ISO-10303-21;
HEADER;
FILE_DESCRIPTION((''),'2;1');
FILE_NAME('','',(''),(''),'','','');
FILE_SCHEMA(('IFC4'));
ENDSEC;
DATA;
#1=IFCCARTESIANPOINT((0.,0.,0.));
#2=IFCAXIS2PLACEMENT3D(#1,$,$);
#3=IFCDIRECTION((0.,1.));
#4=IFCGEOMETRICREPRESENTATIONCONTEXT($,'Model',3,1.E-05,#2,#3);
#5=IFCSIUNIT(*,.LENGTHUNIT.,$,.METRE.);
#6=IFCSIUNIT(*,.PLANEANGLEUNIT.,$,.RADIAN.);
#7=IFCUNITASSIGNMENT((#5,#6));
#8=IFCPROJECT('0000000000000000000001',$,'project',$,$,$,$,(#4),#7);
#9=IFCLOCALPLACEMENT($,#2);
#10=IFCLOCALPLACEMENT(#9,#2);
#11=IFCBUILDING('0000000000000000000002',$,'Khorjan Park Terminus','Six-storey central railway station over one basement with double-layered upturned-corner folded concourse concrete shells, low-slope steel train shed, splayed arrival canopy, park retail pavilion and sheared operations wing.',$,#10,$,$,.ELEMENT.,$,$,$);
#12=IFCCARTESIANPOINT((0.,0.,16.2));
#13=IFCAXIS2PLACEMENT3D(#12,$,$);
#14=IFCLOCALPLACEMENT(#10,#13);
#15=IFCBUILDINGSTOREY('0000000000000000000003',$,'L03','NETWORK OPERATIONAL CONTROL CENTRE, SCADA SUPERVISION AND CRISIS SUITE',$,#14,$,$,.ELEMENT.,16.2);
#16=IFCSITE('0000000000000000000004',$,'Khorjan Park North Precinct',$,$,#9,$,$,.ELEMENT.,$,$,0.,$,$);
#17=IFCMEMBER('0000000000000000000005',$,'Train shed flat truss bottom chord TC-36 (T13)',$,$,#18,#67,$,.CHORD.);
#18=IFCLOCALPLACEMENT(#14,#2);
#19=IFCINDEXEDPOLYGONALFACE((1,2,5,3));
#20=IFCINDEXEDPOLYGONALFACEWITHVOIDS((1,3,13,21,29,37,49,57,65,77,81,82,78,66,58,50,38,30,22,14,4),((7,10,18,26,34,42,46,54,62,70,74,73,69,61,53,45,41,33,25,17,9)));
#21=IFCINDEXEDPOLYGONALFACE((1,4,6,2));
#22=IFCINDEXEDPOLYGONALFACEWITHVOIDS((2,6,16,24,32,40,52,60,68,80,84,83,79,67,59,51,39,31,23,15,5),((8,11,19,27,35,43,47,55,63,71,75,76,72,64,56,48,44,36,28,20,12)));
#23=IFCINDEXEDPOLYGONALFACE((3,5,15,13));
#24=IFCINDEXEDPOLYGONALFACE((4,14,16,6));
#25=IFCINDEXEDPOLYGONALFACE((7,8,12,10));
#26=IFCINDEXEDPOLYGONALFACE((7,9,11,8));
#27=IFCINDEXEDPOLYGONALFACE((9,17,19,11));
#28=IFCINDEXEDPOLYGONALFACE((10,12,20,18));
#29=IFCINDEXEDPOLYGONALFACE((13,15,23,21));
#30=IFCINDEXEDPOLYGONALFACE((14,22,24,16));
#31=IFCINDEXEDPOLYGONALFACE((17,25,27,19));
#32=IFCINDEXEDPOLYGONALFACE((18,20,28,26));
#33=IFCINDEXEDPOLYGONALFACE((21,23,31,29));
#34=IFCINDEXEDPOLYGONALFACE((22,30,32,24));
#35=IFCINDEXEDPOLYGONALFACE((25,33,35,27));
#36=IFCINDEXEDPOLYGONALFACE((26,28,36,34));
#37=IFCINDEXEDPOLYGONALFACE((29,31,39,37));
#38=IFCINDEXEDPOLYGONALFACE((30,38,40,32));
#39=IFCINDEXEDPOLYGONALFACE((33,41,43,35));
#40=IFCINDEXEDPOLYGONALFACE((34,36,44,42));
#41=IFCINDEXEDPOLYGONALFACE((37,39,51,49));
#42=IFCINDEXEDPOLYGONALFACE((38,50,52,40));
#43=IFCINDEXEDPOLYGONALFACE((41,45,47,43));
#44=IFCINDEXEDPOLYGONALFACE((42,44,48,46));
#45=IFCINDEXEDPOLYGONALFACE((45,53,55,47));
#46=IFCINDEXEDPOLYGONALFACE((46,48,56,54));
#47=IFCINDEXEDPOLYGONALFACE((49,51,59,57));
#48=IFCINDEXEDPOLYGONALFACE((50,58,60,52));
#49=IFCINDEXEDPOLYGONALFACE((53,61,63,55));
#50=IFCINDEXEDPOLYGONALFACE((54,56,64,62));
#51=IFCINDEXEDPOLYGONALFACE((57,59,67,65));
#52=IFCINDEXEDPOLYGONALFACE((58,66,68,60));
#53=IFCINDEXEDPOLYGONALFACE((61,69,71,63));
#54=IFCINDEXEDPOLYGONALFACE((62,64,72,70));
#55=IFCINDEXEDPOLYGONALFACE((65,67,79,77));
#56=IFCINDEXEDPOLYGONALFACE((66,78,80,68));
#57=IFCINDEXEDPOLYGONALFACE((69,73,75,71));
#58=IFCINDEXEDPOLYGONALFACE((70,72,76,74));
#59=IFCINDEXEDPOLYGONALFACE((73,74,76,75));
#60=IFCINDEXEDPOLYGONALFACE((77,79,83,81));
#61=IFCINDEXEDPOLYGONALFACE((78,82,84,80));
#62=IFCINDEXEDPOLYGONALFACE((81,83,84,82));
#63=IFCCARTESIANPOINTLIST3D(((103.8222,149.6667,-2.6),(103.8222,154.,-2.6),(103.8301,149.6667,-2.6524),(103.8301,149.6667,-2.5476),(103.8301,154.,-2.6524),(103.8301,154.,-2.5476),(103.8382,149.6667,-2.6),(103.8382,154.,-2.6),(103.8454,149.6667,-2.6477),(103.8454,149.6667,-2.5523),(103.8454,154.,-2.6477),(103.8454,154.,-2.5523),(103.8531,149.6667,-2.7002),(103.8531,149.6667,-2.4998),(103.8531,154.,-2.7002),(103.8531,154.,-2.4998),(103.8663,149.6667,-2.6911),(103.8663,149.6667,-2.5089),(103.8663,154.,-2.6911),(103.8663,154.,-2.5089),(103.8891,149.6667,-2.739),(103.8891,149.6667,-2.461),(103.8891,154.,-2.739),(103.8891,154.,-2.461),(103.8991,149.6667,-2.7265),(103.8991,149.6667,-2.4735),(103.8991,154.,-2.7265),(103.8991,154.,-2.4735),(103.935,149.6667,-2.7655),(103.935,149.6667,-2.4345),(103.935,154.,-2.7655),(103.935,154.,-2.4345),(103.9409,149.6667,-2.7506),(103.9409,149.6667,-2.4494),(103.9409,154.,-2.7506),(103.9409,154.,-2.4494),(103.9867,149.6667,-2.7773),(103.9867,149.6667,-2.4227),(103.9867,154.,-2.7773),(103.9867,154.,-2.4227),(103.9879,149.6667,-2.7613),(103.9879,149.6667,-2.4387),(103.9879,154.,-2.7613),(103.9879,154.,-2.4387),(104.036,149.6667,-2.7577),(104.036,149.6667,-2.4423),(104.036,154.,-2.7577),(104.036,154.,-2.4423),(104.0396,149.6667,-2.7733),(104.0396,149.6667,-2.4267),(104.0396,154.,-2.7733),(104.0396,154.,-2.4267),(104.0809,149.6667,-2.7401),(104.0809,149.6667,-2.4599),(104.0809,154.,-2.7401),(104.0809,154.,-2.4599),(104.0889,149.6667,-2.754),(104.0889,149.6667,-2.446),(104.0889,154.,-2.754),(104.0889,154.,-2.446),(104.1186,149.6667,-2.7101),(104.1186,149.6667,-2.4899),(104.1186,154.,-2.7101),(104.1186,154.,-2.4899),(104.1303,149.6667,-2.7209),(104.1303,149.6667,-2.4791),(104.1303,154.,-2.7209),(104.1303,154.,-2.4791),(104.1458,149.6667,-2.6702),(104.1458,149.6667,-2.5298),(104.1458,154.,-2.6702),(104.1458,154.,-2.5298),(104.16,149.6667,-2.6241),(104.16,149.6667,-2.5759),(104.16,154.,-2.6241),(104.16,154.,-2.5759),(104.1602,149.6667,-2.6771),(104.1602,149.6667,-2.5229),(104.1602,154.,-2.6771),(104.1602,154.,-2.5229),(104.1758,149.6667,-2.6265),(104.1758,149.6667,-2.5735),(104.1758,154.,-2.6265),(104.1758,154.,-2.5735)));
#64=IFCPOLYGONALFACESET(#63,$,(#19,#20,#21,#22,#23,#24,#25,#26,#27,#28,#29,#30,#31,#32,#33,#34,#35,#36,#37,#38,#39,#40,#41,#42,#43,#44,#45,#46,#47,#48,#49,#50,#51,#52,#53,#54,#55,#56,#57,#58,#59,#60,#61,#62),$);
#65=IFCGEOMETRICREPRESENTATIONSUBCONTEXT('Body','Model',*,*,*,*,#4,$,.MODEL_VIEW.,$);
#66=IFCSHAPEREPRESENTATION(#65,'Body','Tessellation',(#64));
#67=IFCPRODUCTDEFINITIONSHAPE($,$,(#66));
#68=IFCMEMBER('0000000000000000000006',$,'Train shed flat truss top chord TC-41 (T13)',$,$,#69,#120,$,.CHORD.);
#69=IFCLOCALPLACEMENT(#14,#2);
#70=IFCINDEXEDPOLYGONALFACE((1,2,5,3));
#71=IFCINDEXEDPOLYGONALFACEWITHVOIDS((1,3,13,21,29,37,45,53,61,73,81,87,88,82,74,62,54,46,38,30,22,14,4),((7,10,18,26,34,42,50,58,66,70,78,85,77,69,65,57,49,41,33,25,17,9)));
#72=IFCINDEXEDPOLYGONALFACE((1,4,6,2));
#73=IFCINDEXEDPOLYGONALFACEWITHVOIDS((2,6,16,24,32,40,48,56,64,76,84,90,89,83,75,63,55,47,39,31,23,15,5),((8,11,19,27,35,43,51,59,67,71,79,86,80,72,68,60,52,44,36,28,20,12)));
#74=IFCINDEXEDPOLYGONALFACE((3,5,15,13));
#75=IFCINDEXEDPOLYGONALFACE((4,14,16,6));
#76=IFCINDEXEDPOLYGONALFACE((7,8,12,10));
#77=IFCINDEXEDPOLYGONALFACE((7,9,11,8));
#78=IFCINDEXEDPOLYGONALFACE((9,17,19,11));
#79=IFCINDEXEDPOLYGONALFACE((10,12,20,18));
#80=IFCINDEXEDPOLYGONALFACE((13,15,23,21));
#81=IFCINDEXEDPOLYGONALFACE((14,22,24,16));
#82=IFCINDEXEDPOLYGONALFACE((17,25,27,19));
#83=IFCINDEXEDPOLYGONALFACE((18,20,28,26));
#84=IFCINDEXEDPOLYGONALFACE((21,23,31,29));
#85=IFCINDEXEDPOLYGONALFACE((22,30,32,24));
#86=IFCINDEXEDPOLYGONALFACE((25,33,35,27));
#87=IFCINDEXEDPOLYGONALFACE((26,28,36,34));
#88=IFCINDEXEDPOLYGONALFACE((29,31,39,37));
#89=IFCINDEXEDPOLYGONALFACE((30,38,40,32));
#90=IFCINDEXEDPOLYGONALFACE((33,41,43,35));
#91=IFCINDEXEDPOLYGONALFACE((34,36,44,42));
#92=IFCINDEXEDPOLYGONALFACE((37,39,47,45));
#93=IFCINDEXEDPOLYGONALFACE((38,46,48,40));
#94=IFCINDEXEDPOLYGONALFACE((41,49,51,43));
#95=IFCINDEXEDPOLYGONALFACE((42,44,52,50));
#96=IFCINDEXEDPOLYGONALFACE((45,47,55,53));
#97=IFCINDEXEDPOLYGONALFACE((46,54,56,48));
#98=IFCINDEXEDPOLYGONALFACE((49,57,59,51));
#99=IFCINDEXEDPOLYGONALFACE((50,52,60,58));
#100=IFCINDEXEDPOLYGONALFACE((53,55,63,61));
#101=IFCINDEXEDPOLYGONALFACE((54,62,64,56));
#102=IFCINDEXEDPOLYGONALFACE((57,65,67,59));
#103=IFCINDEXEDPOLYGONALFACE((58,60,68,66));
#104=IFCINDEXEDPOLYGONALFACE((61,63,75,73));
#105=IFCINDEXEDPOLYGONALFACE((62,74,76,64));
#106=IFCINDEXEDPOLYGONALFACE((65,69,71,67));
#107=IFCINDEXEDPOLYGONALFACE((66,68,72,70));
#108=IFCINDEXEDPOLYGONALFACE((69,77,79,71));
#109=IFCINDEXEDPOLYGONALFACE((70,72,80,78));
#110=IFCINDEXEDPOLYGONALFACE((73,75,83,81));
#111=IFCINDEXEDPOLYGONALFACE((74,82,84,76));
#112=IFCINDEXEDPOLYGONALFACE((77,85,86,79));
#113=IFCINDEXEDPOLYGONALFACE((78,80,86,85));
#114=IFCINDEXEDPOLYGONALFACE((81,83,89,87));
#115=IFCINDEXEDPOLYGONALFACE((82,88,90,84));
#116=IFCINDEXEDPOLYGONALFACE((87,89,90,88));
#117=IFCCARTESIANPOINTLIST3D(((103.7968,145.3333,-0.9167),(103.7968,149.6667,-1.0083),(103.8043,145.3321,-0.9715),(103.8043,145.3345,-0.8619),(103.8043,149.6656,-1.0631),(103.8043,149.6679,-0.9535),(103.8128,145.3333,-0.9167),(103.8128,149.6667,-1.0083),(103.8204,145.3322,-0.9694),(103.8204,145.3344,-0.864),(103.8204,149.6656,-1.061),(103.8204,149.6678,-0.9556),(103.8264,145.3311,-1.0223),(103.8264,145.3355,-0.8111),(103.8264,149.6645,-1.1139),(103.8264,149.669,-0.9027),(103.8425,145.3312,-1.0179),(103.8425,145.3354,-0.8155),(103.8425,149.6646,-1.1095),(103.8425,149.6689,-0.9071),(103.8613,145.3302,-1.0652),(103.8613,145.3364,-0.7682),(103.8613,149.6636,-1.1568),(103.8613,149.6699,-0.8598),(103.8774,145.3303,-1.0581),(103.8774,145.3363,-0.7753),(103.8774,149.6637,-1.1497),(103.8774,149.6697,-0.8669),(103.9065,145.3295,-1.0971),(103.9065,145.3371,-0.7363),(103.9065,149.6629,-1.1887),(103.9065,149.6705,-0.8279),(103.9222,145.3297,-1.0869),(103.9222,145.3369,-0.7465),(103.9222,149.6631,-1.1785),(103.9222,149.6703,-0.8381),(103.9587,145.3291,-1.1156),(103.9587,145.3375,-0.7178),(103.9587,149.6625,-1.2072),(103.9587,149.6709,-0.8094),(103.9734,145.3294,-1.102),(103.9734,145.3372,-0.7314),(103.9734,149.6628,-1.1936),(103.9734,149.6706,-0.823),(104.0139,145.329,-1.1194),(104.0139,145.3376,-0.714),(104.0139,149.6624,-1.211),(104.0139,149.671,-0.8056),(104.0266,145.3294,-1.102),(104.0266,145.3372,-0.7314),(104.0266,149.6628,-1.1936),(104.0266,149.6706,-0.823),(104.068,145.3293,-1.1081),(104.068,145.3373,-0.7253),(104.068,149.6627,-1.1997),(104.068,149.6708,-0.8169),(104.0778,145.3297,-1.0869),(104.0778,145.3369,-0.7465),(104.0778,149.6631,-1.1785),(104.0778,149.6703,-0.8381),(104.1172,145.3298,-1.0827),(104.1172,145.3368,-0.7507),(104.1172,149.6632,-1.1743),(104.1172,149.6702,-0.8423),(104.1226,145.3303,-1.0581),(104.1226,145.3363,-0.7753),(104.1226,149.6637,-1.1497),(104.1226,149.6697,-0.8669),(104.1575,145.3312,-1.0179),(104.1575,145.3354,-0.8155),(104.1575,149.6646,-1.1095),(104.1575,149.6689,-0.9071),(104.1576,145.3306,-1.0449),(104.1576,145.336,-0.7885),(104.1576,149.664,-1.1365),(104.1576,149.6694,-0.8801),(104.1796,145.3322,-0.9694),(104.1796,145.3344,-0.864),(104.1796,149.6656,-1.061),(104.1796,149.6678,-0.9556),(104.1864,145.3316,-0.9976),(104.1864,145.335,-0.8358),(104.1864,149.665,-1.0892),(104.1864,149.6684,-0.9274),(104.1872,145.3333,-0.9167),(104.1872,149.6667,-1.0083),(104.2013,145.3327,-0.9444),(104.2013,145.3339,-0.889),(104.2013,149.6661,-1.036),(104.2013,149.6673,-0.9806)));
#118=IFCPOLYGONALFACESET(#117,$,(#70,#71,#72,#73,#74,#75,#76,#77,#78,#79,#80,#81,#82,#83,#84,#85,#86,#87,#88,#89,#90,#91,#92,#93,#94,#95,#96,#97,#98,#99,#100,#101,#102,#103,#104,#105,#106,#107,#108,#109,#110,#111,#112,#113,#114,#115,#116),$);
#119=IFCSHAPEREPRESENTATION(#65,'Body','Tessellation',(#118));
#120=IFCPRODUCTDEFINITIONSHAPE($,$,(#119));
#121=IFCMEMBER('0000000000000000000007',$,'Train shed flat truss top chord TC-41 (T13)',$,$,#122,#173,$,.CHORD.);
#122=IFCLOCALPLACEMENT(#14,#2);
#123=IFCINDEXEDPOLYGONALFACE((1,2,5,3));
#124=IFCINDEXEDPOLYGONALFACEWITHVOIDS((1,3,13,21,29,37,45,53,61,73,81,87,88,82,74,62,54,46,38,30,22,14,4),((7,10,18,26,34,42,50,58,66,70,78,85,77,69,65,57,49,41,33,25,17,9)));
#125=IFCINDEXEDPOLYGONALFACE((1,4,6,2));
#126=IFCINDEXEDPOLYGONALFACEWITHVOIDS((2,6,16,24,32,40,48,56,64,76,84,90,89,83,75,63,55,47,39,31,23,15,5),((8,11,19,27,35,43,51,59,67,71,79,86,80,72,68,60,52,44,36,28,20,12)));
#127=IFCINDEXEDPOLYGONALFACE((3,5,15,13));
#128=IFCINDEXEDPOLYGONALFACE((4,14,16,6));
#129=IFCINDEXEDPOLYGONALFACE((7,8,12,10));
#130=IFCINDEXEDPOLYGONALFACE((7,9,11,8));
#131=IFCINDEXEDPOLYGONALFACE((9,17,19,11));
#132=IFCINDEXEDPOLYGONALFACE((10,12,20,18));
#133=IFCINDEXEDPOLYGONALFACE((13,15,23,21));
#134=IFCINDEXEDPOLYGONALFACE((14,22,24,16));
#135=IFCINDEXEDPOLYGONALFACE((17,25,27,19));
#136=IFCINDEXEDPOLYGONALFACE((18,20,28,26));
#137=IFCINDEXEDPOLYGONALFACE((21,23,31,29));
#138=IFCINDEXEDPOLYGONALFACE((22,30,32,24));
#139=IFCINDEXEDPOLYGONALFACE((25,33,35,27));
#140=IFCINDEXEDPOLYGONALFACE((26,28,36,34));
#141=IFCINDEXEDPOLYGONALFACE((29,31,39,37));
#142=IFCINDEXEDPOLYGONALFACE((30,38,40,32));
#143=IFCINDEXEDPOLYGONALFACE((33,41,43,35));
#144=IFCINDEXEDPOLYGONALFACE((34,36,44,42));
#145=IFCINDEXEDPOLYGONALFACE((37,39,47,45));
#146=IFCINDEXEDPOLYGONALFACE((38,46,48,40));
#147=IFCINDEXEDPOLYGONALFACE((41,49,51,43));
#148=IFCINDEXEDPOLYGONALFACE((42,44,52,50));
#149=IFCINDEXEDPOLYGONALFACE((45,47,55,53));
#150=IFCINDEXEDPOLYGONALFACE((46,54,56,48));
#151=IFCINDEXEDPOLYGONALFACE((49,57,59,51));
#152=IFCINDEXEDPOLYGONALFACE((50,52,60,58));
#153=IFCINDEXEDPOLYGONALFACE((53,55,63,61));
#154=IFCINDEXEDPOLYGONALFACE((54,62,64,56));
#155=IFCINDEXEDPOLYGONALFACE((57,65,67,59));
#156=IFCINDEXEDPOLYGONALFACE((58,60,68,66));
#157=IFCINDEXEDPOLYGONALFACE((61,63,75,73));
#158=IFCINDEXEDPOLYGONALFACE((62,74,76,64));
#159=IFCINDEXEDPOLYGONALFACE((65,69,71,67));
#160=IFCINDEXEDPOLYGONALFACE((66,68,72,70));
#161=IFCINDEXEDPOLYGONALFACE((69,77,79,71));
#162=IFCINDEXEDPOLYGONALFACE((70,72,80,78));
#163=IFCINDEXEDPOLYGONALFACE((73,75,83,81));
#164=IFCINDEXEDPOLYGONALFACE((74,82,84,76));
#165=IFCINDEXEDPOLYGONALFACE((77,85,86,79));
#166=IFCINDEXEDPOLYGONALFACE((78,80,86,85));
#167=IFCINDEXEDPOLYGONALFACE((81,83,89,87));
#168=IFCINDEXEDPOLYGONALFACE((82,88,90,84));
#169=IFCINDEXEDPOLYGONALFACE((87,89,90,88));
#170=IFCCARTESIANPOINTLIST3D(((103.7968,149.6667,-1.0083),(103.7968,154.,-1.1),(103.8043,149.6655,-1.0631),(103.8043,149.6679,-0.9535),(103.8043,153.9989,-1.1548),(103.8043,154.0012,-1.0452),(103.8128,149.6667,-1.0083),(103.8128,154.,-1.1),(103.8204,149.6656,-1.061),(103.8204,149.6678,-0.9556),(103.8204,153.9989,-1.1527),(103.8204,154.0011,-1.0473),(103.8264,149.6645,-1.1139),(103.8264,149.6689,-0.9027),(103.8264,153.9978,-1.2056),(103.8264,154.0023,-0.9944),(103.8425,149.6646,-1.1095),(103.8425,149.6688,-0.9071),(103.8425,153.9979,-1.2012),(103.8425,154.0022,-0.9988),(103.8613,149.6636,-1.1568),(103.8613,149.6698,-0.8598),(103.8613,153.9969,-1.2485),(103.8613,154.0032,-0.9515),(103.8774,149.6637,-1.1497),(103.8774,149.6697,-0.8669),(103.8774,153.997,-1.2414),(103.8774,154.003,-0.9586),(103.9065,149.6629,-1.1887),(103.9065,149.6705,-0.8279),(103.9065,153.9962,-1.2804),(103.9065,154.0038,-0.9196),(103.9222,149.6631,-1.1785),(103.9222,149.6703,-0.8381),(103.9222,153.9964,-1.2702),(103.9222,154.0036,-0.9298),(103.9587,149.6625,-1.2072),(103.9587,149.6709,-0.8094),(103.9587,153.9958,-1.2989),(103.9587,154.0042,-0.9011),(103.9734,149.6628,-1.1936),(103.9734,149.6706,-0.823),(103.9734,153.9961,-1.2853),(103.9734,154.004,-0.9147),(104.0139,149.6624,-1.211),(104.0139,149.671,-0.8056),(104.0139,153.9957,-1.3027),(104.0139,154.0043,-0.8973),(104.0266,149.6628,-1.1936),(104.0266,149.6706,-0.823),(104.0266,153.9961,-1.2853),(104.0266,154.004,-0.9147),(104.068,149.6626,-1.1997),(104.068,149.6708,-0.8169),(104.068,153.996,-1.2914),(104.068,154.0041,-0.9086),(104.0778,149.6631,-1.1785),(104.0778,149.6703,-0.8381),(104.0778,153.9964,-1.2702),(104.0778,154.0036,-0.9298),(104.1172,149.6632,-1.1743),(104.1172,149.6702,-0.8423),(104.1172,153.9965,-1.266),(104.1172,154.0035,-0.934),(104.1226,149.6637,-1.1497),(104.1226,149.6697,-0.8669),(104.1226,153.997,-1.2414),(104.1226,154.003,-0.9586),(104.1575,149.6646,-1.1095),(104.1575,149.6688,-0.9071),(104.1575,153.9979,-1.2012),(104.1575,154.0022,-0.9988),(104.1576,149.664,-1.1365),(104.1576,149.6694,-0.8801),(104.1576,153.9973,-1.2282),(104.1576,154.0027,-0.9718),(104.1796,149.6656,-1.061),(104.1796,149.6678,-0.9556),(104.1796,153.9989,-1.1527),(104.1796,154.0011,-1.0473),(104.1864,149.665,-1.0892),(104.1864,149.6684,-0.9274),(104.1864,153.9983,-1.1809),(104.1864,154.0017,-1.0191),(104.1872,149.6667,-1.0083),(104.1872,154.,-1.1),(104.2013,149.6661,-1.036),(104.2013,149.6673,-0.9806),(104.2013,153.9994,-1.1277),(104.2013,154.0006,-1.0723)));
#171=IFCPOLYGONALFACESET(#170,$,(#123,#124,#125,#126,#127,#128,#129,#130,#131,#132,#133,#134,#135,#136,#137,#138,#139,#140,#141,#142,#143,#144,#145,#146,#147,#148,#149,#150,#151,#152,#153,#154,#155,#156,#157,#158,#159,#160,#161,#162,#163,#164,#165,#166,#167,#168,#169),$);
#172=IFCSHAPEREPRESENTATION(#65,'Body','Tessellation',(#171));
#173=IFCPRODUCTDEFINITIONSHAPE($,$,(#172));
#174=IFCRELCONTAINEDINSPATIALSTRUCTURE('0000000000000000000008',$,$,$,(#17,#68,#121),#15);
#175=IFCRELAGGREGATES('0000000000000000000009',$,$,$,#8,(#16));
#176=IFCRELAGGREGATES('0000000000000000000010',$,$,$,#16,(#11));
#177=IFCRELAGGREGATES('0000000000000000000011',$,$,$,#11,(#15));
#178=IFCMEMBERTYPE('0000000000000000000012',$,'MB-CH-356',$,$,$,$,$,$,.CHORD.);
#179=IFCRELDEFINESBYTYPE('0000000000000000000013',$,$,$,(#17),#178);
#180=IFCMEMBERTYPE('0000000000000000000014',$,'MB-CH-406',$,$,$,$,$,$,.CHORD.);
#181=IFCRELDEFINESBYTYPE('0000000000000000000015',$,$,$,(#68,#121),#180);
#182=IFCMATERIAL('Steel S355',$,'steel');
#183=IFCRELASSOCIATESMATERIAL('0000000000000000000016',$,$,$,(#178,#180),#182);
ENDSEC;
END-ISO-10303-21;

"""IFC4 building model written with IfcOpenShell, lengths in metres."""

from ifc_helpers import new_model, si_unit, direction, frame, origin, origin_2d, place, context, subcontext, project, spatial, hollow_circle, extrude, material, material_profile, profile_set, type_object, element, save


model = new_model("IFC4")

# Units and contexts
model_context = context("Model", 3, precision=1e-05, world=origin(), true_north=direction((0.0, 1.0)))
body_context = subcontext(model_context, "Body", "Model", "MODEL_VIEW")
ifc_project = project(units=[si_unit("LENGTHUNIT", "METRE"), si_unit("PLANEANGLEUNIT", "RADIAN")], contexts=[model_context])

# Site, building, storey
site_placement = place(None, origin())
site = spatial("IfcSite", under=ifc_project, at=site_placement, Name="Khorjan Park North Precinct", CompositionType="ELEMENT", RefElevation=0.0)
building_placement = place(site_placement, origin())
building = spatial("IfcBuilding", under=site, at=building_placement, Name="Khorjan Park Terminus", Description="Six-storey central railway station over one basement with double-layered upturned-corner folded concourse concrete shells, low-slope steel train shed, splayed arrival canopy, park retail pavilion and sheared operations wing.", CompositionType="ELEMENT")
storey_placement = place(building_placement, frame((0.0, 0.0, 16.2)))
storey = spatial("IfcBuildingStorey", under=building, at=storey_placement, Name="L03", Description="NETWORK OPERATIONAL CONTROL CENTRE, SCADA SUPERVISION AND CRISIS SUITE", CompositionType="ELEMENT", Elevation=16.2)

# Members
ifc_material = material(Name="Steel S355", Category="steel")
ifc_material_profile_1 = material_profile(ifc_material, hollow_circle(Radius=0.1778, WallThickness=0.016, at=origin_2d()), Name="CHS 355.6x16")
ifc_profile_set_1 = profile_set([ifc_material_profile_1], Name="Steel S355")
member_type_1 = type_object("IfcMemberType", Name="MB-CH-356", PredefinedType="CHORD", material=ifc_profile_set_1)
member_1_placement = place(storey_placement, frame((104.0, 149.6667, -2.6), z_axis=(0.0, 1.0, 0.0), x_axis=(-1.0, 0.0, 0.0)))
element("IfcMember", 1, at=member_1_placement, inside=storey, type_object=member_type_1, Name="Train shed flat truss bottom chord TC-36 (T13)", PredefinedType="CHORD", context=body_context, shape_type="SweptSolid", body=[
    extrude(hollow_circle(Radius=0.1778, WallThickness=0.016, at=origin_2d()), origin(), (0.0, 0.0, 1.0), 4.3333),
])
ifc_material_profile_2 = material_profile(ifc_material, hollow_circle(Radius=0.2032, WallThickness=0.016, at=origin_2d()), Name="CHS 406.4x16")
ifc_profile_set_2 = profile_set([ifc_material_profile_2], Name="Steel S355")
member_type_2 = type_object("IfcMemberType", Name="MB-CH-406", PredefinedType="CHORD", material=ifc_profile_set_2)
member_2_placement = place(storey_placement, frame((104.0, 145.3333, -0.9167), z_axis=(0.0, 0.999777, -0.021133), x_axis=(-1.0, 0.0, 0.0)))
element("IfcMember", 2, at=member_2_placement, inside=storey, type_object=member_type_2, Name="Train shed flat truss top chord TC-41 (T13)", PredefinedType="CHORD", context=body_context, shape_type="SweptSolid", body=[
    extrude(hollow_circle(Radius=0.2032, WallThickness=0.016, at=origin_2d()), origin(), (0.0, 0.0, 1.0), 4.3344),
])
member_3_placement = place(storey_placement, frame((104.0, 149.6667, -1.0083), z_axis=(0.0, 0.999776, -0.021157), x_axis=(-1.0, 0.0, 0.0)))
element("IfcMember", 3, at=member_3_placement, inside=storey, type_object=member_type_2, Name="Train shed flat truss top chord TC-41 (T13)", PredefinedType="CHORD", context=body_context, shape_type="SweptSolid", body=[
    extrude(hollow_circle(Radius=0.2032, WallThickness=0.016, at=origin_2d()), origin(), (0.0, 0.0, 1.0), 4.3343),
])

save(model, "model.ifc")
